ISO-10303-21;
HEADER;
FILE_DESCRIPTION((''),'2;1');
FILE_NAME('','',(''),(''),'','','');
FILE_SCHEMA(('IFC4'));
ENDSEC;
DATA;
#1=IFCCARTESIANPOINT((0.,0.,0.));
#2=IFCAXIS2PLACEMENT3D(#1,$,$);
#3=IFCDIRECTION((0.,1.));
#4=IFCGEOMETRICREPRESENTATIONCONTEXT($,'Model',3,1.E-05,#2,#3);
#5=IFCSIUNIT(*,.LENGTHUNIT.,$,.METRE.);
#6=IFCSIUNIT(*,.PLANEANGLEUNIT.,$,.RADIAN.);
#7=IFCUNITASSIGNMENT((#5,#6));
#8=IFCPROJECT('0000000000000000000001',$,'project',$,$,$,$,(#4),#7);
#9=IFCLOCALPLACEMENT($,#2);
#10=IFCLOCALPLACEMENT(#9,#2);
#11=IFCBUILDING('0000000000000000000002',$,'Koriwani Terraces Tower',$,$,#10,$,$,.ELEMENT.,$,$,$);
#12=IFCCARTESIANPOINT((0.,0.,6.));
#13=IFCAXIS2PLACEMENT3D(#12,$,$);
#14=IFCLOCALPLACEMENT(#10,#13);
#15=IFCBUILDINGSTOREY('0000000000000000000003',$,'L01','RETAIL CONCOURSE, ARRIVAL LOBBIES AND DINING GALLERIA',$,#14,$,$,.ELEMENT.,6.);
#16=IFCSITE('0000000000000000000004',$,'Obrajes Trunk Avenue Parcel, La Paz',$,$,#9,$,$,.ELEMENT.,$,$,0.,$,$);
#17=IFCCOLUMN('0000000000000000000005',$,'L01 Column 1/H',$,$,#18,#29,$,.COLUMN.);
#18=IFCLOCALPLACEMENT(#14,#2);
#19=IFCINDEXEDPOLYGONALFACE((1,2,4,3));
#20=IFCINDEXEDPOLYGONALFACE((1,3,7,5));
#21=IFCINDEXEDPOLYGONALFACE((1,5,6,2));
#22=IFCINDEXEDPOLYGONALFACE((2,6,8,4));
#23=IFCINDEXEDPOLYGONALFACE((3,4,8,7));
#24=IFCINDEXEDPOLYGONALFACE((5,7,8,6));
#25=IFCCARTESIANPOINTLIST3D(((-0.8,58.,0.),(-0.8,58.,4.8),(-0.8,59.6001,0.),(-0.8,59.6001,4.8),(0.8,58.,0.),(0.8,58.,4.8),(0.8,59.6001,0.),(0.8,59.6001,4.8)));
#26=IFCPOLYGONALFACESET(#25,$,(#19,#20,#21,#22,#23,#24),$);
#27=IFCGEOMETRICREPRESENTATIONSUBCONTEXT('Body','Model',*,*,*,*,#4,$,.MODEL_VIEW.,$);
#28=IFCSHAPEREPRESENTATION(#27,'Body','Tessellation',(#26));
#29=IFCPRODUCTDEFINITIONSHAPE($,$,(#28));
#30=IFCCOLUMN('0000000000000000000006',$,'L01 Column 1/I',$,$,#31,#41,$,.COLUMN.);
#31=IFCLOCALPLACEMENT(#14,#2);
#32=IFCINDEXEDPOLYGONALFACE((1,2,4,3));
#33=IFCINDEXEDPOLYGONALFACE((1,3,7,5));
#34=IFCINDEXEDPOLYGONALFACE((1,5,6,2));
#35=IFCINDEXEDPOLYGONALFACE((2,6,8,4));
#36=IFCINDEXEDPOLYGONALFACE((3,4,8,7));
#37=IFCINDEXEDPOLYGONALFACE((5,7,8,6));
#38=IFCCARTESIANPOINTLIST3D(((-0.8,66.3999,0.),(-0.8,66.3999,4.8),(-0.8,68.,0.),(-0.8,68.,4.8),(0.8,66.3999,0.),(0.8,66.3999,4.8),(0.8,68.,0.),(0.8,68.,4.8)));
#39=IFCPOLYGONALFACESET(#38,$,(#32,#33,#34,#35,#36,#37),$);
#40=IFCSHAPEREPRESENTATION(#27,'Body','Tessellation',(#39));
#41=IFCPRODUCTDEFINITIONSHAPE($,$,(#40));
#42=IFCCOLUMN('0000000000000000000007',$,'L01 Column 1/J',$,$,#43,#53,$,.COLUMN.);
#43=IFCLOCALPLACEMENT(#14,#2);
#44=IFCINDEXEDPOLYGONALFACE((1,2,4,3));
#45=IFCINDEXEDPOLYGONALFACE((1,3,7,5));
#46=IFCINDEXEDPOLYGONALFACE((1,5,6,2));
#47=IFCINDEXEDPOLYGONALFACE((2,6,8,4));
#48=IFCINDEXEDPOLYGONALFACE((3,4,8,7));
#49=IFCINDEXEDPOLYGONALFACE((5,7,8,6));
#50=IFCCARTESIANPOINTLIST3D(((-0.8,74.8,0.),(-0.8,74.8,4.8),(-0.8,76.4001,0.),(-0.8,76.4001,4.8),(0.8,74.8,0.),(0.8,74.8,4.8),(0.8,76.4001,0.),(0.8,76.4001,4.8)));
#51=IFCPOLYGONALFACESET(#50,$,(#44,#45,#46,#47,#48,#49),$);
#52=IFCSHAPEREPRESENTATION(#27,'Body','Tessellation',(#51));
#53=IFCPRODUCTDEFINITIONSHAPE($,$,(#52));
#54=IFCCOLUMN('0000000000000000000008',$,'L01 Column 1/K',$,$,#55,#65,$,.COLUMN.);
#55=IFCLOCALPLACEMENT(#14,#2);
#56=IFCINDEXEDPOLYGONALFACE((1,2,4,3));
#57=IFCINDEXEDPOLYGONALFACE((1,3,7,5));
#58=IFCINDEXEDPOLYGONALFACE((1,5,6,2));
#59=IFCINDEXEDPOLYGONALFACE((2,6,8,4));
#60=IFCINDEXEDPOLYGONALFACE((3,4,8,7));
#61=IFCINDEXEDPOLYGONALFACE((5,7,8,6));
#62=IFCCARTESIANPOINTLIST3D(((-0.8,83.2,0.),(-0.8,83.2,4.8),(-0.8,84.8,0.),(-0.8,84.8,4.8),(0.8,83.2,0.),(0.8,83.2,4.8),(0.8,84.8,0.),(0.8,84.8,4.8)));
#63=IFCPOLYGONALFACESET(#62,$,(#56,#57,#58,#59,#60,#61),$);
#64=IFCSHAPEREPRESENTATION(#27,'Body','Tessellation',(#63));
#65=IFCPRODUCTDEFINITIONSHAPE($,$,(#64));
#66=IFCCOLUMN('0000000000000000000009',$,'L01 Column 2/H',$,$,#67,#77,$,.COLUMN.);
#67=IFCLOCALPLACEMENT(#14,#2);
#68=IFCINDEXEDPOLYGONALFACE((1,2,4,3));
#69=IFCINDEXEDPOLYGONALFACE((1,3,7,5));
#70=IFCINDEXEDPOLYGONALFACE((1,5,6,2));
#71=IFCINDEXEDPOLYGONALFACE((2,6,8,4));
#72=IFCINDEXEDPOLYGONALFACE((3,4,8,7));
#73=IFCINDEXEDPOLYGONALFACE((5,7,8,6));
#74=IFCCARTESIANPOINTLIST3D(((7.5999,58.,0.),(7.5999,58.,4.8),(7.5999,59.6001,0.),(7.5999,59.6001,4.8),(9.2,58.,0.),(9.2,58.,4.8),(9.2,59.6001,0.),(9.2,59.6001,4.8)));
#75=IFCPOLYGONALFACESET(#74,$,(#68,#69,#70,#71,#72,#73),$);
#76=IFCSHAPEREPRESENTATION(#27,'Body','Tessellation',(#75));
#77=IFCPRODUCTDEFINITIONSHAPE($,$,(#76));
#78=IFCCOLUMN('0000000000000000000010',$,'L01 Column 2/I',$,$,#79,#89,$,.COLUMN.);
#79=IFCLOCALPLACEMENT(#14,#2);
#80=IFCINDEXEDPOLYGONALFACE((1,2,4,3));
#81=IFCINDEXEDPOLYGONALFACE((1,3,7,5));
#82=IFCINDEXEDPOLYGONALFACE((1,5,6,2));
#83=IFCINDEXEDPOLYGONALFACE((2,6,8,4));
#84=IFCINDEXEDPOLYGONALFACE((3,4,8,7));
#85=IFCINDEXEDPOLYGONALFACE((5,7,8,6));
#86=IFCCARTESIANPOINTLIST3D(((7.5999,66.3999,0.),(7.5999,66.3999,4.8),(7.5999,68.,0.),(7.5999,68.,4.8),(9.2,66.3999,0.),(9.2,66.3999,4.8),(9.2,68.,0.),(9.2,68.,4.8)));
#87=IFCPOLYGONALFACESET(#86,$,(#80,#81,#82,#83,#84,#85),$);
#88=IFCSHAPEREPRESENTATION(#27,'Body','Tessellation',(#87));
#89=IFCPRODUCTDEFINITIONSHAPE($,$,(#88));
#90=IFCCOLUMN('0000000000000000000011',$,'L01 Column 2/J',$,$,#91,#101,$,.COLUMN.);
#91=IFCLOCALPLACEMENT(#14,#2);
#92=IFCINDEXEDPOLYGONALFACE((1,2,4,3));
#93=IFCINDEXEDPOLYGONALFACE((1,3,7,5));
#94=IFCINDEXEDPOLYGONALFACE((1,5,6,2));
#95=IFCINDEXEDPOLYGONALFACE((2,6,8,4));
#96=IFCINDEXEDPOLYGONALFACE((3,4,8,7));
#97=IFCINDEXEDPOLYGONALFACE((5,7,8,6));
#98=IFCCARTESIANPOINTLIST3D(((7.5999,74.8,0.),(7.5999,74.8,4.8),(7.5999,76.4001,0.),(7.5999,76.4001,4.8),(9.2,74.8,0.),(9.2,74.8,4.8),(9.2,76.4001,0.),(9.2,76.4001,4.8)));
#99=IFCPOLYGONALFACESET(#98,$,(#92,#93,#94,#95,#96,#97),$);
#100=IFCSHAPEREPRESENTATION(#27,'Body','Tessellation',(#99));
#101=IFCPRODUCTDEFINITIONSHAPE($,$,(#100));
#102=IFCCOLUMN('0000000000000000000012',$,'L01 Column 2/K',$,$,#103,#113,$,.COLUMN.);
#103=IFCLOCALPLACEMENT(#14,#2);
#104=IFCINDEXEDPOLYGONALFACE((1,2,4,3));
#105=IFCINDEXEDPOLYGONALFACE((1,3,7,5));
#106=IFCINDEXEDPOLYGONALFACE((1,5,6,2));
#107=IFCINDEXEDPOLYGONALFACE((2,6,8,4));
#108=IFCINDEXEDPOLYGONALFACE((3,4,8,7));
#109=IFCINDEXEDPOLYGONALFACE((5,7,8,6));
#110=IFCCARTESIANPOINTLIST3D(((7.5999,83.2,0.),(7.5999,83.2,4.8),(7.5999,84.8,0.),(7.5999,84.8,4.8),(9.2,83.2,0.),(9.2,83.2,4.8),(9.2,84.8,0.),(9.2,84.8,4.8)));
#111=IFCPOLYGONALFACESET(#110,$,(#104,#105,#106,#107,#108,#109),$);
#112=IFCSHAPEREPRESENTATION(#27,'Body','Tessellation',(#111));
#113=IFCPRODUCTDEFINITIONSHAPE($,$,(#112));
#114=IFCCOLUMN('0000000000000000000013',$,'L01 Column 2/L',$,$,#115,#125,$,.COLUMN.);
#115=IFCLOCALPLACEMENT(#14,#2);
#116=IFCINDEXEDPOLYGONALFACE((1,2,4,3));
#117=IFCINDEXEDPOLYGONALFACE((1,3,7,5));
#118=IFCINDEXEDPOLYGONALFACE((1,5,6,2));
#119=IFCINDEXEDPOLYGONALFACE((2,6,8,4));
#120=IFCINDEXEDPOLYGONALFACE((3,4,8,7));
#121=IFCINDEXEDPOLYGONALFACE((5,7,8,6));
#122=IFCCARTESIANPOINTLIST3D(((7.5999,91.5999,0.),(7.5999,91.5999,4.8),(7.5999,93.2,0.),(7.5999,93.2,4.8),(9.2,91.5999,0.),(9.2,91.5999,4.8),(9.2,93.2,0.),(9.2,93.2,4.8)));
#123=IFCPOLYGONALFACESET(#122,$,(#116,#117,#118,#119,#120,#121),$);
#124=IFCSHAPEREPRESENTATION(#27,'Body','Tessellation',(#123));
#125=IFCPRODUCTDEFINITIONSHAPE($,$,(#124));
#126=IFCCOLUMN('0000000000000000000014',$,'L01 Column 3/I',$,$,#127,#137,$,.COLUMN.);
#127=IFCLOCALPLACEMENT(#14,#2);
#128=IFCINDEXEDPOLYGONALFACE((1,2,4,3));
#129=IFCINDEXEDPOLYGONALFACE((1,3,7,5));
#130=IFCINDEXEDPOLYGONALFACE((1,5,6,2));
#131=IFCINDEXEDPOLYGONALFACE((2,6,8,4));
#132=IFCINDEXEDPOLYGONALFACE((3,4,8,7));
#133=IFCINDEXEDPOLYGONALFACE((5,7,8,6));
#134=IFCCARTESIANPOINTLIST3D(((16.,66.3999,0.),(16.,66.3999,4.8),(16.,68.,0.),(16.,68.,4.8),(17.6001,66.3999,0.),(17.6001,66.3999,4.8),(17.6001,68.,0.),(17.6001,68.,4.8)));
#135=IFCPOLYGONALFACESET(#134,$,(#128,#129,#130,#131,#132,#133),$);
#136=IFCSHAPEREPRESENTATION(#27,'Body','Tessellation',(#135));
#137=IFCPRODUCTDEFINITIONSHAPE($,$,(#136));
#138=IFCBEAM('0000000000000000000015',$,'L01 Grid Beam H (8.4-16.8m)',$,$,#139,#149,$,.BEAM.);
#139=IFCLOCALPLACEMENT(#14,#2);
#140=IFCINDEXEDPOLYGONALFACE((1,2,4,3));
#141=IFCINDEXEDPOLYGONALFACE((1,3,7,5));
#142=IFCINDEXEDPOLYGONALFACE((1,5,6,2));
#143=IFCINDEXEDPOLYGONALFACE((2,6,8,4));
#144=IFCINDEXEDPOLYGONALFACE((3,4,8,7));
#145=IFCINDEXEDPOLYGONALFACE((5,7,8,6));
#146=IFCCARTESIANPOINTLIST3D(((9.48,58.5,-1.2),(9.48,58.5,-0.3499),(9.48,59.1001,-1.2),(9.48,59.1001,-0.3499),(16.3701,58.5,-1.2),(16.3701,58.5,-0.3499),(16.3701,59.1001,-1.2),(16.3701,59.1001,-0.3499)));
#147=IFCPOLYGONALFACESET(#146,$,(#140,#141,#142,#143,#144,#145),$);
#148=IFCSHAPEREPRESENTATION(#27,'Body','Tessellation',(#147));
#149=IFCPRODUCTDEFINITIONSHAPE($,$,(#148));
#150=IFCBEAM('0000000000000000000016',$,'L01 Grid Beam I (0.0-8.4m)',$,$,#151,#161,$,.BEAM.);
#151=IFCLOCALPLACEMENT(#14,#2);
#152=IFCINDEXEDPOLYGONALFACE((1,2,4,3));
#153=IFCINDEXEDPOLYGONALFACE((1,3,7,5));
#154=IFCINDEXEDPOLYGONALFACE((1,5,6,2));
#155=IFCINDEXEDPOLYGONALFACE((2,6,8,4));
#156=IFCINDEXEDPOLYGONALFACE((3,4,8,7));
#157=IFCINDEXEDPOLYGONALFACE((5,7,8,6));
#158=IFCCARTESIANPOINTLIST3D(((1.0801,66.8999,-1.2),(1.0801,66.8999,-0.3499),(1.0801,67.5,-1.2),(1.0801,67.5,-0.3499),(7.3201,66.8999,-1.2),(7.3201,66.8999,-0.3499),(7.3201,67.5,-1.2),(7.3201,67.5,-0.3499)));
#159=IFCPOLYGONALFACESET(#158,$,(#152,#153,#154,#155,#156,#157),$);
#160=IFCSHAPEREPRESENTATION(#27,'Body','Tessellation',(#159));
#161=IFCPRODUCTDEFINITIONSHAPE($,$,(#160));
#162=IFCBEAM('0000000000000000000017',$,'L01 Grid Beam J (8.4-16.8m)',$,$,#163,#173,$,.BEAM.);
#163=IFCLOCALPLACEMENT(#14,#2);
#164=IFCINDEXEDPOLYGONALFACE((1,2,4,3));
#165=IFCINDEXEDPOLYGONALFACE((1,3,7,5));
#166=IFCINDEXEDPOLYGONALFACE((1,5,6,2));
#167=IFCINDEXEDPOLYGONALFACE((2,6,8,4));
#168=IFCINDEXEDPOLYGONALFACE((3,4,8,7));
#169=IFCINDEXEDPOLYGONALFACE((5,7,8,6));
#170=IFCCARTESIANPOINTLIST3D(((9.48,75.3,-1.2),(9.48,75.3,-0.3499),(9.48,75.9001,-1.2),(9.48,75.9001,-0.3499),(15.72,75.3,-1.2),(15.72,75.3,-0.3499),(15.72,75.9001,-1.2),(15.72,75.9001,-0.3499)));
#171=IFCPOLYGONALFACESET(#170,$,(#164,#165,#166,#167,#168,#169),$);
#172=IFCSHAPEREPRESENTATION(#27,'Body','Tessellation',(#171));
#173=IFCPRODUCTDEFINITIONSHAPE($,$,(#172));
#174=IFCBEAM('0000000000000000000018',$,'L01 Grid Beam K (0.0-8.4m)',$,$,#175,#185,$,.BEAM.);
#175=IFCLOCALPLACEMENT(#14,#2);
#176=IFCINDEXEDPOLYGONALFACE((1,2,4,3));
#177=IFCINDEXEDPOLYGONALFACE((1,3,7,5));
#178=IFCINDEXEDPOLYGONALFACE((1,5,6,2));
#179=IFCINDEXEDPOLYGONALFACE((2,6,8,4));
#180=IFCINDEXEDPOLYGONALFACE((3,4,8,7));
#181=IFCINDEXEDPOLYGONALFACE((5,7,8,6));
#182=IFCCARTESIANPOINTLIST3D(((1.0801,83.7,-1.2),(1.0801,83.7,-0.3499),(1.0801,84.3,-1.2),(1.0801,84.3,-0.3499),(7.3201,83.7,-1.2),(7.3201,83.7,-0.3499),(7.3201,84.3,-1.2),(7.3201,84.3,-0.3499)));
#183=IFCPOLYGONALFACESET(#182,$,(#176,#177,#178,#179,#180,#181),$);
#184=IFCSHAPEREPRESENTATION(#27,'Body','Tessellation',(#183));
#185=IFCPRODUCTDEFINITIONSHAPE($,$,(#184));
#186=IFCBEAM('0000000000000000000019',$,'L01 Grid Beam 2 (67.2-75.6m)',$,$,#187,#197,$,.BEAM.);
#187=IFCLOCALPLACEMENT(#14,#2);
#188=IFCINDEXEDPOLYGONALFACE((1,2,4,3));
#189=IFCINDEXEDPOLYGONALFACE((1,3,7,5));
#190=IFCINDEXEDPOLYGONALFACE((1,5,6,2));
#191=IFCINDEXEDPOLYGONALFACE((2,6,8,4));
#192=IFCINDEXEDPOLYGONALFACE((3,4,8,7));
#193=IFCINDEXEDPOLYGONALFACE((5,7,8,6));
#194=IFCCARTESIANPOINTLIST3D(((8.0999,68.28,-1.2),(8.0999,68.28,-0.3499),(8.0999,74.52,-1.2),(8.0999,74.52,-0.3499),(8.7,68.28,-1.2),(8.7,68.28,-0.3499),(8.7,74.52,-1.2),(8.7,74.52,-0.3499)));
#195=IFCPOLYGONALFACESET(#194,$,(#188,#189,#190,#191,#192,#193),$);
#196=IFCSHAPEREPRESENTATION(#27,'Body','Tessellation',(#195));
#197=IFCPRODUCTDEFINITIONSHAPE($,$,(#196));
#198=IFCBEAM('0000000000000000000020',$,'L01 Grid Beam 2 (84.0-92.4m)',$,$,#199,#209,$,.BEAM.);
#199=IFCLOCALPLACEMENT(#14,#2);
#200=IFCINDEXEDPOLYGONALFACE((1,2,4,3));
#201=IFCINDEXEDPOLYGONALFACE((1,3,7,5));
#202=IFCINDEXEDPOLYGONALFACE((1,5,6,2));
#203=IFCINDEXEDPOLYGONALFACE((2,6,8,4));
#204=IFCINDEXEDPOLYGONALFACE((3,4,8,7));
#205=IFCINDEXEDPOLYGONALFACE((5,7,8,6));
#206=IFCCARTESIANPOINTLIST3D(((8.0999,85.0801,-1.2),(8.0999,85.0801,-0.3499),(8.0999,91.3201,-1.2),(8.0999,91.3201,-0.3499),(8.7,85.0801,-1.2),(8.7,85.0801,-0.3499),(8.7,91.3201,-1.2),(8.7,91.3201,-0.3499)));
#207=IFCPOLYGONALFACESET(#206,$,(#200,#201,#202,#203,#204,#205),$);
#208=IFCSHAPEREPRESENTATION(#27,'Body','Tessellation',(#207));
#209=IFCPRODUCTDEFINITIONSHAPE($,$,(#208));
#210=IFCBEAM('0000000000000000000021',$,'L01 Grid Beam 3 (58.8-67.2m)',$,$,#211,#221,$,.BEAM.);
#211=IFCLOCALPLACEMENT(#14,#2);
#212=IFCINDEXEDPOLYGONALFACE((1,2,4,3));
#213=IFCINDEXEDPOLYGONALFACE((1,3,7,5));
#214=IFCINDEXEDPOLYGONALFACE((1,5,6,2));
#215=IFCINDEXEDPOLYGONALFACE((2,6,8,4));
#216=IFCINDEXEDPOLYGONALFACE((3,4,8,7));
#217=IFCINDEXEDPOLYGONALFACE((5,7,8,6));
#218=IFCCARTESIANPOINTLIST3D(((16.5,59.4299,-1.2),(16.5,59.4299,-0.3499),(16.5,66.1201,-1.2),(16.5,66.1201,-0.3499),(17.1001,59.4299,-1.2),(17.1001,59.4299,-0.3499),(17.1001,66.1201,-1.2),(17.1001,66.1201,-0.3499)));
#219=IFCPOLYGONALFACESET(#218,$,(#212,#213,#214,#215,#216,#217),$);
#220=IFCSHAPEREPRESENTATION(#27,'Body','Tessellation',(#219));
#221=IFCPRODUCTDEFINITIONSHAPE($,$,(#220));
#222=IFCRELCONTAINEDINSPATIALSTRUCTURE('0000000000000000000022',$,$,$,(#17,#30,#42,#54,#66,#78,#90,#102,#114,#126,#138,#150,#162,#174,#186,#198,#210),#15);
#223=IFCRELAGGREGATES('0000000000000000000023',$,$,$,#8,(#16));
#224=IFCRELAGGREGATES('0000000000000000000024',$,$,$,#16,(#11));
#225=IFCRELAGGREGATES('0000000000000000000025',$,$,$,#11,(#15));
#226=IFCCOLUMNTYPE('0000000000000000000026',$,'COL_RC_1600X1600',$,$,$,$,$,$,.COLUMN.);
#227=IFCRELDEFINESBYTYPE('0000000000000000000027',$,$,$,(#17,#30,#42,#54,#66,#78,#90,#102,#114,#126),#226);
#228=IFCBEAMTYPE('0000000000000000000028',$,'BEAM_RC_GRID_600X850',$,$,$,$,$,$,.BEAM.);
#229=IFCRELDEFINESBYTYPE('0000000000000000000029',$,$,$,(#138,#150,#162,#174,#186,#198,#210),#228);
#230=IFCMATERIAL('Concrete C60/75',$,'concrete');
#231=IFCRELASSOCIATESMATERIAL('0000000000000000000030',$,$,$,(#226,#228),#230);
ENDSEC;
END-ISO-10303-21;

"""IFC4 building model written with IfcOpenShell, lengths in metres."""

from ifc_helpers import new_model, si_unit, direction, frame, origin, origin_2d, place, context, subcontext, project, spatial, rectangle, extrude, material, material_profile, profile_set, type_object, element, save


model = new_model("IFC4")

# Units and contexts
model_context = context("Model", 3, precision=1e-05, world=origin(), true_north=direction((0.0, 1.0)))
body_context = subcontext(model_context, "Body", "Model", "MODEL_VIEW")
ifc_project = project(units=[si_unit("LENGTHUNIT", "METRE"), si_unit("PLANEANGLEUNIT", "RADIAN")], contexts=[model_context])

# Site, building, storey
site_placement = place(None, origin())
site = spatial("IfcSite", under=ifc_project, at=site_placement, Name="Obrajes Trunk Avenue Parcel, La Paz", CompositionType="ELEMENT", RefElevation=0.0)
building_placement = place(site_placement, origin())
building = spatial("IfcBuilding", under=site, at=building_placement, Name="Koriwani Terraces Tower", CompositionType="ELEMENT")
storey_placement = place(building_placement, frame((0.0, 0.0, 6.0)))
storey = spatial("IfcBuildingStorey", under=building, at=storey_placement, Name="L01", Description="RETAIL CONCOURSE, ARRIVAL LOBBIES AND DINING GALLERIA", CompositionType="ELEMENT", Elevation=6.0)

# Columns
ifc_material_1 = material(Name="Concrete C60/75", Category="concrete")
ifc_material_profile_1 = material_profile(ifc_material_1, rectangle(XDim=1.6001, YDim=1.6001, at=origin_2d()), Name="Concrete C60/75", Category="LoadBearing")
ifc_profile_set_1 = profile_set([ifc_material_profile_1], Name="Concrete C60/75")
column_type = type_object("IfcColumnType", Name="COL_RC_1600X1600", PredefinedType="COLUMN", material=ifc_profile_set_1)
for number, where, z_axis, x_axis, name in (
    (1, (0.0, 58.8, 0.0), (0.0, 0.0, 1.0), (1.0, 0.0, 0.0), "L01 Column 1/H"),
    (2, (0.0, 67.2, 0.0), (0.0, 0.0, 1.0), (1.0, 0.0, 0.0), "L01 Column 1/I"),
    (3, (0.0, 75.6001, 0.0), (0.0, 0.0, 1.0), (1.0, 0.0, 0.0), "L01 Column 1/J"),
    (4, (0.0, 84.0, 0.0), (0.0, 0.0, 1.0), (1.0, 0.0, 0.0), "L01 Column 1/K"),
    (5, (8.3999, 58.8, 0.0), (0.0, 0.0, 1.0), (1.0, 0.0, 0.0), "L01 Column 2/H"),
    (6, (8.3999, 67.2, 0.0), (0.0, 0.0, 1.0), (1.0, 0.0, 0.0), "L01 Column 2/I"),
    (7, (8.3999, 75.6001, 0.0), (0.0, 0.0, 1.0), (1.0, 0.0, 0.0), "L01 Column 2/J"),
    (8, (8.3999, 84.0, 0.0), (0.0, 0.0, 1.0), (1.0, 0.0, 0.0), "L01 Column 2/K"),
    (9, (8.3999, 92.3999, 0.0), (0.0, 0.0, 1.0), (1.0, 0.0, 0.0), "L01 Column 2/L"),
    (10, (16.8, 67.2, 0.0), (0.0, 0.0, 1.0), (1.0, 0.0, 0.0), "L01 Column 3/I"),
):
    element("IfcColumn", number, at=place(storey_placement, frame(where, z_axis=z_axis, x_axis=x_axis)), inside=storey, type_object=column_type, Name=name, PredefinedType="COLUMN", context=body_context, shape_type="SweptSolid", body=[
        extrude(rectangle(XDim=1.6001, YDim=1.6001, at=origin_2d()), origin(), (0.0, 0.0, 1.0), 4.8),
    ])

# Beams
ifc_material_profile_2 = material_profile(ifc_material_1, rectangle(XDim=0.6001, YDim=0.8501, at=origin_2d()), Name="Concrete C60/75", Category="LoadBearing")
ifc_profile_set_2 = profile_set([ifc_material_profile_2], Name="Concrete C60/75")
beam_type_1 = type_object("IfcBeamType", Name="BEAM_RC_GRID_600X850", PredefinedType="BEAM", material=ifc_profile_set_2)
beam_1_placement = place(storey_placement, frame((9.48, 58.8, -0.7749), z_axis=(1.0, 0.0, 0.0), x_axis=(0.0, 1.0, 0.0)))
element("IfcBeam", 11, at=beam_1_placement, inside=storey, type_object=beam_type_1, Name="L01 Grid Beam H (8.4-16.8m)", PredefinedType="BEAM", context=body_context, shape_type="SweptSolid", body=[
    extrude(rectangle(XDim=0.6001, YDim=0.8501, at=origin_2d()), origin(), (0.0, 0.0, 1.0), 6.8901),
])
for number, where, z_axis, x_axis, name in (
    (12, (1.0801, 67.2, -0.7749), (1.0, 0.0, 0.0), (0.0, 1.0, 0.0), "L01 Grid Beam I (0.0-8.4m)"),
    (13, (9.48, 75.6001, -0.7749), (1.0, 0.0, 0.0), (0.0, 1.0, 0.0), "L01 Grid Beam J (8.4-16.8m)"),
    (14, (1.0801, 84.0, -0.7749), (1.0, 0.0, 0.0), (0.0, 1.0, 0.0), "L01 Grid Beam K (0.0-8.4m)"),
    (15, (8.3999, 68.28, -0.7749), (0.0, 1.0, 0.0), (-1.0, 0.0, 0.0), "L01 Grid Beam 2 (67.2-75.6m)"),
    (16, (8.3999, 85.0801, -0.7749), (0.0, 1.0, 0.0), (-1.0, 0.0, 0.0), "L01 Grid Beam 2 (84.0-92.4m)"),
):
    element("IfcBeam", number, at=place(storey_placement, frame(where, z_axis=z_axis, x_axis=x_axis)), inside=storey, type_object=beam_type_1, Name=name, PredefinedType="BEAM", context=body_context, shape_type="SweptSolid", body=[
        extrude(rectangle(XDim=0.6001, YDim=0.8501, at=origin_2d()), origin(), (0.0, 0.0, 1.0), 6.24),
    ])
beam_2_placement = place(storey_placement, frame((16.8, 59.4299, -0.7749), z_axis=(0.0, 1.0, 0.0), x_axis=(-1.0, 0.0, 0.0)))
element("IfcBeam", 17, at=beam_2_placement, inside=storey, type_object=beam_type_1, Name="L01 Grid Beam 3 (58.8-67.2m)", PredefinedType="BEAM", context=body_context, shape_type="SweptSolid", body=[
    extrude(rectangle(XDim=0.6001, YDim=0.8501, at=origin_2d()), origin(), (0.0, 0.0, 1.0), 6.6902),
])

save(model, "model.ifc")
